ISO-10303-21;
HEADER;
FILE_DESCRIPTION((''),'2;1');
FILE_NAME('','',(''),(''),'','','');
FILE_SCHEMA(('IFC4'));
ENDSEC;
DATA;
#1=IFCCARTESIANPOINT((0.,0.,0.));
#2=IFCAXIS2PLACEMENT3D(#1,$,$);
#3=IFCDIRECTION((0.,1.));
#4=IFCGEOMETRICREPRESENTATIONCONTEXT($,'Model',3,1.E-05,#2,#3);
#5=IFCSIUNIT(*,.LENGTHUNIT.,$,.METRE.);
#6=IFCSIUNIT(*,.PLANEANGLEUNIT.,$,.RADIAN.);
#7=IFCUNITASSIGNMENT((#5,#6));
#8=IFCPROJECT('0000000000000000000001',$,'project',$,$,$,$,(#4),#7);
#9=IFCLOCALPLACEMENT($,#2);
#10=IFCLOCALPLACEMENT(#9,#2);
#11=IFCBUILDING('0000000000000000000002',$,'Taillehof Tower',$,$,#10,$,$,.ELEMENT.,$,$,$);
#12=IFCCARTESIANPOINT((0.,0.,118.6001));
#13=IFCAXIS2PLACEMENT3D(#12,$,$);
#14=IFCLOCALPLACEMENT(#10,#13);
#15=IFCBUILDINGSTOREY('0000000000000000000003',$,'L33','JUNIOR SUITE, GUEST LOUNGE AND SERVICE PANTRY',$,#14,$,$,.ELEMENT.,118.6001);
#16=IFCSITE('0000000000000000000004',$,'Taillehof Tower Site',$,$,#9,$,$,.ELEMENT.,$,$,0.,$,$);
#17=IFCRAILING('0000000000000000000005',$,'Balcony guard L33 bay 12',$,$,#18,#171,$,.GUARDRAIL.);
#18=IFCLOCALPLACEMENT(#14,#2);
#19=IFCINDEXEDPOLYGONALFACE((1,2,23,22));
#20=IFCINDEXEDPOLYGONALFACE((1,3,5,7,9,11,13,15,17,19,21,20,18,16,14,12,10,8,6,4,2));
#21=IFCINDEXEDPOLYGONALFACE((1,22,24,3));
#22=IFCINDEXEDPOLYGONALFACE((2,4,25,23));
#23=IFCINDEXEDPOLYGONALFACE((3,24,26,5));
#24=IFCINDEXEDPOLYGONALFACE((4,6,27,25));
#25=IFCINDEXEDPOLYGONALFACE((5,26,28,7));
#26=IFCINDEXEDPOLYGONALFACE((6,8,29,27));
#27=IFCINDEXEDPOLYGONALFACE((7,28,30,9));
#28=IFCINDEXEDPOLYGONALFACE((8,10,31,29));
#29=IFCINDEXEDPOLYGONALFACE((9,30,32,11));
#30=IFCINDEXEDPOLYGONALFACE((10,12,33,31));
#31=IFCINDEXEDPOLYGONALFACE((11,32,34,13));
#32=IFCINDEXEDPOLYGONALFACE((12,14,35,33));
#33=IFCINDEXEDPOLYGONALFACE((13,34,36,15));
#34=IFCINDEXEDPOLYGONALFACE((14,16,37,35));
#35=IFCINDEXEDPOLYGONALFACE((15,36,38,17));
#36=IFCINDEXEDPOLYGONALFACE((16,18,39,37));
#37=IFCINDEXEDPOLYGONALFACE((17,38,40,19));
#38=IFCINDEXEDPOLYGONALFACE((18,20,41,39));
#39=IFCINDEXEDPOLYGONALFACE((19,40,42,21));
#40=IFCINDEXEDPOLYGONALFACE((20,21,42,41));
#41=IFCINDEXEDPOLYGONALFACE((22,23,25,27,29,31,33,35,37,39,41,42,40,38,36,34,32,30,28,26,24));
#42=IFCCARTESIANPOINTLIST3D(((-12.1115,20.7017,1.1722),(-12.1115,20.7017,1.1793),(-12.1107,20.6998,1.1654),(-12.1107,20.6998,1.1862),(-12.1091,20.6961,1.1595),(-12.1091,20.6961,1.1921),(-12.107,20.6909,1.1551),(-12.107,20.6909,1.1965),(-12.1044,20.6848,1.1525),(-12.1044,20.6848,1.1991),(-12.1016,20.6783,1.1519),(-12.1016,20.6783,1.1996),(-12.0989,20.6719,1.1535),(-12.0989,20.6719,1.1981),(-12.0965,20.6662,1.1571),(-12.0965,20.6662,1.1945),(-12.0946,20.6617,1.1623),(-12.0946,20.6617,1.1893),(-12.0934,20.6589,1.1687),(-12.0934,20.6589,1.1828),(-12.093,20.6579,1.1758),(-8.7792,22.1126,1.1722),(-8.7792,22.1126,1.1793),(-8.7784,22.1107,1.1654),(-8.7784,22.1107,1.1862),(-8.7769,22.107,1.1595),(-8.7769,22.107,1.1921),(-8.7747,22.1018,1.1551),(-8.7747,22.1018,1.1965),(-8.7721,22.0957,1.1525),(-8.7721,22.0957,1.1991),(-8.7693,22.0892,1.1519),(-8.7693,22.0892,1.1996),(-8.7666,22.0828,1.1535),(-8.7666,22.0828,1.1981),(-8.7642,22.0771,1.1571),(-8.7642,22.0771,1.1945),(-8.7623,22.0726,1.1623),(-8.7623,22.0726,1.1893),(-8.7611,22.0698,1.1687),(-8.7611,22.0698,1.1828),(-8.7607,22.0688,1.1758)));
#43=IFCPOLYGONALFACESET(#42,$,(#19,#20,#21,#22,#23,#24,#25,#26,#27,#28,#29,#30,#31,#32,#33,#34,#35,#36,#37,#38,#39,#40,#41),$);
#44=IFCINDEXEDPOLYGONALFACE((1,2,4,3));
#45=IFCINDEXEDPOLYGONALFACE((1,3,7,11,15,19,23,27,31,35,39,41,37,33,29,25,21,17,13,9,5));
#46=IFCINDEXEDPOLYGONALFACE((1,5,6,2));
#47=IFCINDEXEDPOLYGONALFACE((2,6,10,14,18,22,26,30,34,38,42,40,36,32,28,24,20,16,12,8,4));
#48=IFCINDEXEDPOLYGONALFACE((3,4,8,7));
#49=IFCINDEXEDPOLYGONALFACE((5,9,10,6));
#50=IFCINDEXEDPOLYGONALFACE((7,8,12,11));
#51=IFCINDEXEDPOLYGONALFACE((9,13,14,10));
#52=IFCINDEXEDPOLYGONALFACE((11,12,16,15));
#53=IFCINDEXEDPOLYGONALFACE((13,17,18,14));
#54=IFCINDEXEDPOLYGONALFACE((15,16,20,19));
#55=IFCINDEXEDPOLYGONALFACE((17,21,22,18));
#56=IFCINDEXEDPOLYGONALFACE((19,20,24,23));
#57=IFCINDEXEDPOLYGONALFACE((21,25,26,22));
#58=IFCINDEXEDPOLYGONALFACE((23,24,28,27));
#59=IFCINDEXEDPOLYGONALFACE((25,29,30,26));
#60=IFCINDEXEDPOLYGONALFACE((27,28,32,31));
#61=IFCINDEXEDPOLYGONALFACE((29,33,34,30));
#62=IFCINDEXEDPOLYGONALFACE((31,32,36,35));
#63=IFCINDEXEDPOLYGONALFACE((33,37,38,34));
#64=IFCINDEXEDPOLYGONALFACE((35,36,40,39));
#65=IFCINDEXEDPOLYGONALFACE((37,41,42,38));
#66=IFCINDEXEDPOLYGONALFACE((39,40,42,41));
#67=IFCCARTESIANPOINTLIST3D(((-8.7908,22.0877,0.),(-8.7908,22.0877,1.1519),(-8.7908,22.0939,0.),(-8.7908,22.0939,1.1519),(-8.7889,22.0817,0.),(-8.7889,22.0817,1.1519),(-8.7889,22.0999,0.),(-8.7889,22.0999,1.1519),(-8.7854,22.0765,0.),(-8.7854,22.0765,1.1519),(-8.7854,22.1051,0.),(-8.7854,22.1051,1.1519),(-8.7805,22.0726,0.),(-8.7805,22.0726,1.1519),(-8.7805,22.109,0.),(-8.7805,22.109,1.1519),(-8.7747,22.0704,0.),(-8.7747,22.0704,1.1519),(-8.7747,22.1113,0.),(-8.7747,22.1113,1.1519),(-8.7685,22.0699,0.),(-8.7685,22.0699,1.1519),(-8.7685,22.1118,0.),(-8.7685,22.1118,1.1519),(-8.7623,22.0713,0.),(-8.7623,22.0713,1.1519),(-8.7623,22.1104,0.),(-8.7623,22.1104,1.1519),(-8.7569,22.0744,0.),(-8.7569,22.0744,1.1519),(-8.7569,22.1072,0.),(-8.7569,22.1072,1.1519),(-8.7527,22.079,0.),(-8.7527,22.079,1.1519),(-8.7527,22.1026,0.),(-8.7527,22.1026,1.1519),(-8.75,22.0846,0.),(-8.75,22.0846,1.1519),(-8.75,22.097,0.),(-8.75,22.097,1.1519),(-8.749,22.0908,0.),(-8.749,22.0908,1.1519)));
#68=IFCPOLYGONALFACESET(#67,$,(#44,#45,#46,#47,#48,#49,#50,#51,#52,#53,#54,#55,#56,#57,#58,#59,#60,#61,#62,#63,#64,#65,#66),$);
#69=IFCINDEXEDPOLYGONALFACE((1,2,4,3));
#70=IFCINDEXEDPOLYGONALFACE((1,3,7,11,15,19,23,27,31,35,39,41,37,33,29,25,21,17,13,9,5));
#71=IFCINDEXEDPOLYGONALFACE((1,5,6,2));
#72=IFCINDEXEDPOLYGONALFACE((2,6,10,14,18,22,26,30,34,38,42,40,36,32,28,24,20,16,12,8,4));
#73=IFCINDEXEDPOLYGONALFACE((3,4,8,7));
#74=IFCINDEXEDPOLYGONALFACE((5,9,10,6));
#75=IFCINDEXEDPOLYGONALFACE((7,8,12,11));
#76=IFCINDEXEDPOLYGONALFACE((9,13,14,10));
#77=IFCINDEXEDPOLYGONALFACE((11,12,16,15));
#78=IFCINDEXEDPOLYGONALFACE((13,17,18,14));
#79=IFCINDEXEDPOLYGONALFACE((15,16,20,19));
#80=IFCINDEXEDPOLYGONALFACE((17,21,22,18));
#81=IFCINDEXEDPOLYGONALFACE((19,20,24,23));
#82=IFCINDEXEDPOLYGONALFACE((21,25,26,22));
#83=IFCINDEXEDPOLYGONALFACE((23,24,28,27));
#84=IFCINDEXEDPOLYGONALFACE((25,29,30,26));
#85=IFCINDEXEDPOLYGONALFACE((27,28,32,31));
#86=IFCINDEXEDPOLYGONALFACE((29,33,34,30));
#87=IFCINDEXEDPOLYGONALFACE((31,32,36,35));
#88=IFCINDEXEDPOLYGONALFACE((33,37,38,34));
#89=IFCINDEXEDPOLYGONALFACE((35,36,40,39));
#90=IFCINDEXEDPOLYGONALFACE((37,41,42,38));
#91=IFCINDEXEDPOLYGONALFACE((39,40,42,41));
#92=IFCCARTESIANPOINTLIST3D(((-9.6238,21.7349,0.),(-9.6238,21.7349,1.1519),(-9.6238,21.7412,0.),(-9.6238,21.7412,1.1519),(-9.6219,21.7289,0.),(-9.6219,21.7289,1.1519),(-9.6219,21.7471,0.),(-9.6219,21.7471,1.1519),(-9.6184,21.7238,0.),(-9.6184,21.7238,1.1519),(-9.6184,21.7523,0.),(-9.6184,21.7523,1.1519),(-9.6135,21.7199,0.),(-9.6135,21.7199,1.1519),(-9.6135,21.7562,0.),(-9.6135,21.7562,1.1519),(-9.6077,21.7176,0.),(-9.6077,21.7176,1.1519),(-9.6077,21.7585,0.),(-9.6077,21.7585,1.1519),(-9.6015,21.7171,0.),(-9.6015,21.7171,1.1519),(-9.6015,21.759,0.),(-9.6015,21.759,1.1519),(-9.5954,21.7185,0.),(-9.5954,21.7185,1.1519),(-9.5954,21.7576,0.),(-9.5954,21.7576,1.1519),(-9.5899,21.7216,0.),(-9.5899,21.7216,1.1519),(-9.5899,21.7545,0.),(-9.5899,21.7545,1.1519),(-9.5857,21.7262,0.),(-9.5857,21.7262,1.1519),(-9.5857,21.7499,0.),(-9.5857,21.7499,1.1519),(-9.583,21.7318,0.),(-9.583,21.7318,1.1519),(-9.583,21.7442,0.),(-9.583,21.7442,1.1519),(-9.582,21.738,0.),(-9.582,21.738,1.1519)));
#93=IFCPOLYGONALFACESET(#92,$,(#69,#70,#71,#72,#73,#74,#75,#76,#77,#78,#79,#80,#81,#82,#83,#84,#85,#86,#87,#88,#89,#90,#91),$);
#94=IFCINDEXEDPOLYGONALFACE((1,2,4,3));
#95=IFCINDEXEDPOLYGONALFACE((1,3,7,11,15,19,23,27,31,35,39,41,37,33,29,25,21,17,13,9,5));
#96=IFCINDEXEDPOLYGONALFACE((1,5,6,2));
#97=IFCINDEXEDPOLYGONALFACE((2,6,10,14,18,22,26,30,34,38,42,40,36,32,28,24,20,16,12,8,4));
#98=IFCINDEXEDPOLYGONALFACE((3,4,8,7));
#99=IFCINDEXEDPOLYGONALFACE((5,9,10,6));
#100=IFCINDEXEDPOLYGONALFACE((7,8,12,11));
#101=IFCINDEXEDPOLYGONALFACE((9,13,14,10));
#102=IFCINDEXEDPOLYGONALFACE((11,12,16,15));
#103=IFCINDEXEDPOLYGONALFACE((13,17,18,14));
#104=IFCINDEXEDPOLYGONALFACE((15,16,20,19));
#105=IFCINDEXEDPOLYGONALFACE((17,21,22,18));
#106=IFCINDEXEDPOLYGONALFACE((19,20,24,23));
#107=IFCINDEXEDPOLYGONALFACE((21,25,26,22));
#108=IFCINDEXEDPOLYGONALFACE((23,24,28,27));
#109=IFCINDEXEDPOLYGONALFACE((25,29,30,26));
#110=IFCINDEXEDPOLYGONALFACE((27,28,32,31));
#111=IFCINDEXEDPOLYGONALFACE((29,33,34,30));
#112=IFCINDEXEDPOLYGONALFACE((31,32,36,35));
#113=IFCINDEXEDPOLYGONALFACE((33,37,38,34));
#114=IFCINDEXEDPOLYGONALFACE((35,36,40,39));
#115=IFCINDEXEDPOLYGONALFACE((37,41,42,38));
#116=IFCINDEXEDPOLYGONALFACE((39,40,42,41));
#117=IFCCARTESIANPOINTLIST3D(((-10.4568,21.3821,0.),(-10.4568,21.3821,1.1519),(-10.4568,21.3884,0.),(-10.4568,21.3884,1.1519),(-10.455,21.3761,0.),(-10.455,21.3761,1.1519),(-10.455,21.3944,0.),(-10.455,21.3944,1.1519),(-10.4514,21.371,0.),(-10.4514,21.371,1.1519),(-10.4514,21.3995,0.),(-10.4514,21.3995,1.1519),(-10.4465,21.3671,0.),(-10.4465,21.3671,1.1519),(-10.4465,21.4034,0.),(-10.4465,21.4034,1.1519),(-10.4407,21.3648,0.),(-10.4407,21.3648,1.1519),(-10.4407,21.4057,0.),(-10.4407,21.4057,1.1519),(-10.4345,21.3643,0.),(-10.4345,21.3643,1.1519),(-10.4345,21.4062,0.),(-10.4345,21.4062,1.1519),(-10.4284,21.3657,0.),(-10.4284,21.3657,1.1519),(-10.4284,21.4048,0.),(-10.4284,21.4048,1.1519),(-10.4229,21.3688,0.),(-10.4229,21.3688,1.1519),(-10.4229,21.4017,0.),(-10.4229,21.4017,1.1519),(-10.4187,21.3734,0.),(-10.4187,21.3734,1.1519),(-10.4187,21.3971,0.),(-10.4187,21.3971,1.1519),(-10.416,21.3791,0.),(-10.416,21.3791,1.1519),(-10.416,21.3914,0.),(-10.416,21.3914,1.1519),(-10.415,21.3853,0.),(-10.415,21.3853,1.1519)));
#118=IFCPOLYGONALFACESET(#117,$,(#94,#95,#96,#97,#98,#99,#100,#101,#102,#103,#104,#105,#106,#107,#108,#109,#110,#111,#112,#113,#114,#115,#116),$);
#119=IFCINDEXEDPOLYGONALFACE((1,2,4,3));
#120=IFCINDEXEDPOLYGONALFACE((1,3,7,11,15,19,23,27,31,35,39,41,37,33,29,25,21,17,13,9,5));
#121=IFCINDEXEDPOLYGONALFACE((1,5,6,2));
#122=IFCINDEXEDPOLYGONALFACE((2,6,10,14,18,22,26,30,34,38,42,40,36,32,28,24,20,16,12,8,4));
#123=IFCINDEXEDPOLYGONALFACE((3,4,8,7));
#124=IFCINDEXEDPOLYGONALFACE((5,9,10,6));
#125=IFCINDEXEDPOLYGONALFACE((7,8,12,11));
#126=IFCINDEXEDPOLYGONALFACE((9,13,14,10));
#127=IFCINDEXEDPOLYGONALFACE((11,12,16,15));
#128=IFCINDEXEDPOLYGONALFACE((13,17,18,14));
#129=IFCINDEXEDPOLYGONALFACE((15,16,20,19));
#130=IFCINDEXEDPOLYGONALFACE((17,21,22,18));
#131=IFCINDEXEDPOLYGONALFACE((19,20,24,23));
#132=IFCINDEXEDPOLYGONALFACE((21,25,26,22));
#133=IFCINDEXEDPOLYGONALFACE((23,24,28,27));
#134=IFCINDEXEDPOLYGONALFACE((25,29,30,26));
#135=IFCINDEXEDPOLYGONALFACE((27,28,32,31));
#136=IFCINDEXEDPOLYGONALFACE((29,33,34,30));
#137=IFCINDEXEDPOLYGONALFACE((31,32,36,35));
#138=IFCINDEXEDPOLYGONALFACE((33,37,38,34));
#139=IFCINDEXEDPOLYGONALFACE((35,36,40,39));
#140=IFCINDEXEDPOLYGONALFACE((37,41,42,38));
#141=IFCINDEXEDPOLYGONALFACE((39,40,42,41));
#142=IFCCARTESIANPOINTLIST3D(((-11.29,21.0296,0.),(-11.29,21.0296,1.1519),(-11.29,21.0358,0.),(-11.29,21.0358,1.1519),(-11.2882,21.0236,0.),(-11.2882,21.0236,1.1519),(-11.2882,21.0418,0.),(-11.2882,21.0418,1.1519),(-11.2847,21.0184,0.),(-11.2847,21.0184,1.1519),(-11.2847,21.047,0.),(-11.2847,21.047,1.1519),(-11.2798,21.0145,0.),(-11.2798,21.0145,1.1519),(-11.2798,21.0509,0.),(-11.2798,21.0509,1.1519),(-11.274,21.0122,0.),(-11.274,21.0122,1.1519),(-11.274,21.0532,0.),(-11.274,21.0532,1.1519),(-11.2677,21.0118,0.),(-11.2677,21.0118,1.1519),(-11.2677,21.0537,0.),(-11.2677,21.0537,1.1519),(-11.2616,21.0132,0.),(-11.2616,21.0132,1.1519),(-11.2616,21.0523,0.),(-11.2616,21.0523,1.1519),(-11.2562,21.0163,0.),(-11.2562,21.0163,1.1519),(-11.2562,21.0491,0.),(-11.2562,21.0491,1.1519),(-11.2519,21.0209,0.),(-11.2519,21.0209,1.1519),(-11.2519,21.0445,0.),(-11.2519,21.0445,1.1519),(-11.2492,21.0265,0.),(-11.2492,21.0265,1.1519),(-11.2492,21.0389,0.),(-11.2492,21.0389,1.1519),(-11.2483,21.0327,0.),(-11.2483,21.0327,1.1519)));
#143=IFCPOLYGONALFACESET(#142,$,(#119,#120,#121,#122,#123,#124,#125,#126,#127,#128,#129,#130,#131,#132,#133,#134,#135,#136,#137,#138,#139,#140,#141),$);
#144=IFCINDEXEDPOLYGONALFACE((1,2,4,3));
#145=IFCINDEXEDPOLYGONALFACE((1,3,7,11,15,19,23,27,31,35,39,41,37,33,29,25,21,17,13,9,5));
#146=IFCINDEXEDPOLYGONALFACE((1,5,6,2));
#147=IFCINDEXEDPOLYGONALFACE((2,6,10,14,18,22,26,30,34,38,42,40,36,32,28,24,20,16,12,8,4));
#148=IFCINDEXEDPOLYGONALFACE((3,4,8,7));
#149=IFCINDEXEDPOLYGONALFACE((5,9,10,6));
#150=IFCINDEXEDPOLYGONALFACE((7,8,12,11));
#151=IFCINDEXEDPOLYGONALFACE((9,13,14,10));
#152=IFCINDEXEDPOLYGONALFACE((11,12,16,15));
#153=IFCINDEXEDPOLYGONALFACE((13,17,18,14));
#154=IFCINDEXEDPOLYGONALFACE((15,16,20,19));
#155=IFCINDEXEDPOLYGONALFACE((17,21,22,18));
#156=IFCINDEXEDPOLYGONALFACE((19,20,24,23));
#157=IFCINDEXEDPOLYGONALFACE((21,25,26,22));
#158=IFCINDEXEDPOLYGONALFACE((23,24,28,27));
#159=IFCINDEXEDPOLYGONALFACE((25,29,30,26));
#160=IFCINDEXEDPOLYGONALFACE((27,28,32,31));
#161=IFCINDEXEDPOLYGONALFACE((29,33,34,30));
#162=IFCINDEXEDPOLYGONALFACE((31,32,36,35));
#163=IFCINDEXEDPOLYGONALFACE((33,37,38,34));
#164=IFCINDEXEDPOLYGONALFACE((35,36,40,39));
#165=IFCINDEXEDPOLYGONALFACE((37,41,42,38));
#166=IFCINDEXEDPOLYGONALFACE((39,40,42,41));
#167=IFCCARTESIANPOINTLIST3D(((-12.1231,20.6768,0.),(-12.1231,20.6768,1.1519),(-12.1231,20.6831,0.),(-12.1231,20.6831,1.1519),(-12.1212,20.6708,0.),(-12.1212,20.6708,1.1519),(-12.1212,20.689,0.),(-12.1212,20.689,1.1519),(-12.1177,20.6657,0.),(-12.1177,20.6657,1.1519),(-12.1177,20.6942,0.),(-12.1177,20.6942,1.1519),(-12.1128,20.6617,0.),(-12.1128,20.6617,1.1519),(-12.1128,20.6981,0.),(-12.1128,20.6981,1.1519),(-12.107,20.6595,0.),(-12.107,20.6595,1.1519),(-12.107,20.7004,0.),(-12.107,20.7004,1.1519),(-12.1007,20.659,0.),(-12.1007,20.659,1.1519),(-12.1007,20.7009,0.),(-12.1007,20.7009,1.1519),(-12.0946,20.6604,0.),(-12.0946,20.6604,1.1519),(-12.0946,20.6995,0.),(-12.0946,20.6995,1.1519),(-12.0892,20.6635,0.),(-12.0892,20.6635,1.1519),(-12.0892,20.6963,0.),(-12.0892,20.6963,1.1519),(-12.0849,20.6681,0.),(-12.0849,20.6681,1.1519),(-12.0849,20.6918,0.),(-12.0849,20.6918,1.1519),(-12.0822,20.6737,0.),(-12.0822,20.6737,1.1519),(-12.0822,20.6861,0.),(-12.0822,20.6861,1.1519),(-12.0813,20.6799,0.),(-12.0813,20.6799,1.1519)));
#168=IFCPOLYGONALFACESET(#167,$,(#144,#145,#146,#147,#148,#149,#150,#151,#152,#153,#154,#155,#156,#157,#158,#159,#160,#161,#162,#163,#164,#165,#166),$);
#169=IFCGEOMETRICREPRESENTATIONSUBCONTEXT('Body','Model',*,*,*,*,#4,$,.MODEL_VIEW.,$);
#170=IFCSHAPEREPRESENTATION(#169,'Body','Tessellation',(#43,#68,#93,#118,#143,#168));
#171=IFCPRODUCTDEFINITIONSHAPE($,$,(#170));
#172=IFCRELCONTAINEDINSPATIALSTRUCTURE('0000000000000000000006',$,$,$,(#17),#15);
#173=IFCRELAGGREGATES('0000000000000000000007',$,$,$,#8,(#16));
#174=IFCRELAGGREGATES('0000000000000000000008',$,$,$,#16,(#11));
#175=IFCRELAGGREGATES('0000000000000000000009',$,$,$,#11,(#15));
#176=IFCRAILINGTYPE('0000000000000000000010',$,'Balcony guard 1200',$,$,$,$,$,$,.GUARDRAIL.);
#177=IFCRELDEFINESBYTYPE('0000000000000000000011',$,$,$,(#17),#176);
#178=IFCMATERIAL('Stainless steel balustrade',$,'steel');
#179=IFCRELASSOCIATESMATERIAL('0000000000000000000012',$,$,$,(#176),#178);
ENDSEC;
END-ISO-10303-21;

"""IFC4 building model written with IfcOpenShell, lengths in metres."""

from ifc_helpers import new_model, si_unit, direction, frame, origin, origin_2d, place, context, subcontext, project, spatial, circle, extrude, material, type_object, element, save


model = new_model("IFC4")

# Units and contexts
model_context = context("Model", 3, precision=1e-05, world=origin(), true_north=direction((0.0, 1.0)))
body_context = subcontext(model_context, "Body", "Model", "MODEL_VIEW")
ifc_project = project(units=[si_unit("LENGTHUNIT", "METRE"), si_unit("PLANEANGLEUNIT", "RADIAN")], contexts=[model_context])

# Site, building, storey
site_placement = place(None, origin())
site = spatial("IfcSite", under=ifc_project, at=site_placement, Name="Taillehof Tower Site", CompositionType="ELEMENT", RefElevation=0.0)
building_placement = place(site_placement, origin())
building = spatial("IfcBuilding", under=site, at=building_placement, Name="Taillehof Tower", CompositionType="ELEMENT")
storey_placement = place(building_placement, frame((0.0, 0.0, 118.6001)))
storey = spatial("IfcBuildingStorey", under=building, at=storey_placement, Name="L33", Description="JUNIOR SUITE, GUEST LOUNGE AND SERVICE PANTRY", CompositionType="ELEMENT", Elevation=118.6001)

# Railing
ifc_material_1 = material(Name="Stainless steel balustrade", Category="steel")
railing_type = type_object("IfcRailingType", Name="Balcony guard 1200", PredefinedType="GUARDRAIL", material=ifc_material_1)
railing_1_placement = place(storey_placement, frame((-8.77, 22.0908, 0.0)))
element("IfcRailing", 1, at=railing_1_placement, inside=storey, type_object=railing_type, Name="Balcony guard L33 bay 12", PredefinedType="GUARDRAIL", context=body_context, shape_type="SweptSolid", body=[
    extrude(circle(Radius=0.0239, at=origin_2d()), frame((0.0, 0.0, 1.1758), z_axis=(-0.92086, -0.389893, 0.0), x_axis=(0.389893, -0.92086, 0.0)), (0.0, 0.0, 1.0), 3.6187),
    extrude(circle(Radius=0.021, at=origin_2d()), origin(), (0.0, 0.0, 1.0), 1.1519),
    extrude(circle(Radius=0.021, at=origin_2d()), frame((-0.833, -0.3528, 0.0)), (0.0, 0.0, 1.0), 1.1519),
    extrude(circle(Radius=0.021, at=origin_2d()), frame((-1.666, -0.7056, 0.0)), (0.0, 0.0, 1.0), 1.1519),
    extrude(circle(Radius=0.021, at=origin_2d()), frame((-2.4993, -1.0581, 0.0)), (0.0, 0.0, 1.0), 1.1519),
    extrude(circle(Radius=0.021, at=origin_2d()), frame((-3.3323, -1.4109, 0.0)), (0.0, 0.0, 1.0), 1.1519),
])

save(model, "model.ifc")
